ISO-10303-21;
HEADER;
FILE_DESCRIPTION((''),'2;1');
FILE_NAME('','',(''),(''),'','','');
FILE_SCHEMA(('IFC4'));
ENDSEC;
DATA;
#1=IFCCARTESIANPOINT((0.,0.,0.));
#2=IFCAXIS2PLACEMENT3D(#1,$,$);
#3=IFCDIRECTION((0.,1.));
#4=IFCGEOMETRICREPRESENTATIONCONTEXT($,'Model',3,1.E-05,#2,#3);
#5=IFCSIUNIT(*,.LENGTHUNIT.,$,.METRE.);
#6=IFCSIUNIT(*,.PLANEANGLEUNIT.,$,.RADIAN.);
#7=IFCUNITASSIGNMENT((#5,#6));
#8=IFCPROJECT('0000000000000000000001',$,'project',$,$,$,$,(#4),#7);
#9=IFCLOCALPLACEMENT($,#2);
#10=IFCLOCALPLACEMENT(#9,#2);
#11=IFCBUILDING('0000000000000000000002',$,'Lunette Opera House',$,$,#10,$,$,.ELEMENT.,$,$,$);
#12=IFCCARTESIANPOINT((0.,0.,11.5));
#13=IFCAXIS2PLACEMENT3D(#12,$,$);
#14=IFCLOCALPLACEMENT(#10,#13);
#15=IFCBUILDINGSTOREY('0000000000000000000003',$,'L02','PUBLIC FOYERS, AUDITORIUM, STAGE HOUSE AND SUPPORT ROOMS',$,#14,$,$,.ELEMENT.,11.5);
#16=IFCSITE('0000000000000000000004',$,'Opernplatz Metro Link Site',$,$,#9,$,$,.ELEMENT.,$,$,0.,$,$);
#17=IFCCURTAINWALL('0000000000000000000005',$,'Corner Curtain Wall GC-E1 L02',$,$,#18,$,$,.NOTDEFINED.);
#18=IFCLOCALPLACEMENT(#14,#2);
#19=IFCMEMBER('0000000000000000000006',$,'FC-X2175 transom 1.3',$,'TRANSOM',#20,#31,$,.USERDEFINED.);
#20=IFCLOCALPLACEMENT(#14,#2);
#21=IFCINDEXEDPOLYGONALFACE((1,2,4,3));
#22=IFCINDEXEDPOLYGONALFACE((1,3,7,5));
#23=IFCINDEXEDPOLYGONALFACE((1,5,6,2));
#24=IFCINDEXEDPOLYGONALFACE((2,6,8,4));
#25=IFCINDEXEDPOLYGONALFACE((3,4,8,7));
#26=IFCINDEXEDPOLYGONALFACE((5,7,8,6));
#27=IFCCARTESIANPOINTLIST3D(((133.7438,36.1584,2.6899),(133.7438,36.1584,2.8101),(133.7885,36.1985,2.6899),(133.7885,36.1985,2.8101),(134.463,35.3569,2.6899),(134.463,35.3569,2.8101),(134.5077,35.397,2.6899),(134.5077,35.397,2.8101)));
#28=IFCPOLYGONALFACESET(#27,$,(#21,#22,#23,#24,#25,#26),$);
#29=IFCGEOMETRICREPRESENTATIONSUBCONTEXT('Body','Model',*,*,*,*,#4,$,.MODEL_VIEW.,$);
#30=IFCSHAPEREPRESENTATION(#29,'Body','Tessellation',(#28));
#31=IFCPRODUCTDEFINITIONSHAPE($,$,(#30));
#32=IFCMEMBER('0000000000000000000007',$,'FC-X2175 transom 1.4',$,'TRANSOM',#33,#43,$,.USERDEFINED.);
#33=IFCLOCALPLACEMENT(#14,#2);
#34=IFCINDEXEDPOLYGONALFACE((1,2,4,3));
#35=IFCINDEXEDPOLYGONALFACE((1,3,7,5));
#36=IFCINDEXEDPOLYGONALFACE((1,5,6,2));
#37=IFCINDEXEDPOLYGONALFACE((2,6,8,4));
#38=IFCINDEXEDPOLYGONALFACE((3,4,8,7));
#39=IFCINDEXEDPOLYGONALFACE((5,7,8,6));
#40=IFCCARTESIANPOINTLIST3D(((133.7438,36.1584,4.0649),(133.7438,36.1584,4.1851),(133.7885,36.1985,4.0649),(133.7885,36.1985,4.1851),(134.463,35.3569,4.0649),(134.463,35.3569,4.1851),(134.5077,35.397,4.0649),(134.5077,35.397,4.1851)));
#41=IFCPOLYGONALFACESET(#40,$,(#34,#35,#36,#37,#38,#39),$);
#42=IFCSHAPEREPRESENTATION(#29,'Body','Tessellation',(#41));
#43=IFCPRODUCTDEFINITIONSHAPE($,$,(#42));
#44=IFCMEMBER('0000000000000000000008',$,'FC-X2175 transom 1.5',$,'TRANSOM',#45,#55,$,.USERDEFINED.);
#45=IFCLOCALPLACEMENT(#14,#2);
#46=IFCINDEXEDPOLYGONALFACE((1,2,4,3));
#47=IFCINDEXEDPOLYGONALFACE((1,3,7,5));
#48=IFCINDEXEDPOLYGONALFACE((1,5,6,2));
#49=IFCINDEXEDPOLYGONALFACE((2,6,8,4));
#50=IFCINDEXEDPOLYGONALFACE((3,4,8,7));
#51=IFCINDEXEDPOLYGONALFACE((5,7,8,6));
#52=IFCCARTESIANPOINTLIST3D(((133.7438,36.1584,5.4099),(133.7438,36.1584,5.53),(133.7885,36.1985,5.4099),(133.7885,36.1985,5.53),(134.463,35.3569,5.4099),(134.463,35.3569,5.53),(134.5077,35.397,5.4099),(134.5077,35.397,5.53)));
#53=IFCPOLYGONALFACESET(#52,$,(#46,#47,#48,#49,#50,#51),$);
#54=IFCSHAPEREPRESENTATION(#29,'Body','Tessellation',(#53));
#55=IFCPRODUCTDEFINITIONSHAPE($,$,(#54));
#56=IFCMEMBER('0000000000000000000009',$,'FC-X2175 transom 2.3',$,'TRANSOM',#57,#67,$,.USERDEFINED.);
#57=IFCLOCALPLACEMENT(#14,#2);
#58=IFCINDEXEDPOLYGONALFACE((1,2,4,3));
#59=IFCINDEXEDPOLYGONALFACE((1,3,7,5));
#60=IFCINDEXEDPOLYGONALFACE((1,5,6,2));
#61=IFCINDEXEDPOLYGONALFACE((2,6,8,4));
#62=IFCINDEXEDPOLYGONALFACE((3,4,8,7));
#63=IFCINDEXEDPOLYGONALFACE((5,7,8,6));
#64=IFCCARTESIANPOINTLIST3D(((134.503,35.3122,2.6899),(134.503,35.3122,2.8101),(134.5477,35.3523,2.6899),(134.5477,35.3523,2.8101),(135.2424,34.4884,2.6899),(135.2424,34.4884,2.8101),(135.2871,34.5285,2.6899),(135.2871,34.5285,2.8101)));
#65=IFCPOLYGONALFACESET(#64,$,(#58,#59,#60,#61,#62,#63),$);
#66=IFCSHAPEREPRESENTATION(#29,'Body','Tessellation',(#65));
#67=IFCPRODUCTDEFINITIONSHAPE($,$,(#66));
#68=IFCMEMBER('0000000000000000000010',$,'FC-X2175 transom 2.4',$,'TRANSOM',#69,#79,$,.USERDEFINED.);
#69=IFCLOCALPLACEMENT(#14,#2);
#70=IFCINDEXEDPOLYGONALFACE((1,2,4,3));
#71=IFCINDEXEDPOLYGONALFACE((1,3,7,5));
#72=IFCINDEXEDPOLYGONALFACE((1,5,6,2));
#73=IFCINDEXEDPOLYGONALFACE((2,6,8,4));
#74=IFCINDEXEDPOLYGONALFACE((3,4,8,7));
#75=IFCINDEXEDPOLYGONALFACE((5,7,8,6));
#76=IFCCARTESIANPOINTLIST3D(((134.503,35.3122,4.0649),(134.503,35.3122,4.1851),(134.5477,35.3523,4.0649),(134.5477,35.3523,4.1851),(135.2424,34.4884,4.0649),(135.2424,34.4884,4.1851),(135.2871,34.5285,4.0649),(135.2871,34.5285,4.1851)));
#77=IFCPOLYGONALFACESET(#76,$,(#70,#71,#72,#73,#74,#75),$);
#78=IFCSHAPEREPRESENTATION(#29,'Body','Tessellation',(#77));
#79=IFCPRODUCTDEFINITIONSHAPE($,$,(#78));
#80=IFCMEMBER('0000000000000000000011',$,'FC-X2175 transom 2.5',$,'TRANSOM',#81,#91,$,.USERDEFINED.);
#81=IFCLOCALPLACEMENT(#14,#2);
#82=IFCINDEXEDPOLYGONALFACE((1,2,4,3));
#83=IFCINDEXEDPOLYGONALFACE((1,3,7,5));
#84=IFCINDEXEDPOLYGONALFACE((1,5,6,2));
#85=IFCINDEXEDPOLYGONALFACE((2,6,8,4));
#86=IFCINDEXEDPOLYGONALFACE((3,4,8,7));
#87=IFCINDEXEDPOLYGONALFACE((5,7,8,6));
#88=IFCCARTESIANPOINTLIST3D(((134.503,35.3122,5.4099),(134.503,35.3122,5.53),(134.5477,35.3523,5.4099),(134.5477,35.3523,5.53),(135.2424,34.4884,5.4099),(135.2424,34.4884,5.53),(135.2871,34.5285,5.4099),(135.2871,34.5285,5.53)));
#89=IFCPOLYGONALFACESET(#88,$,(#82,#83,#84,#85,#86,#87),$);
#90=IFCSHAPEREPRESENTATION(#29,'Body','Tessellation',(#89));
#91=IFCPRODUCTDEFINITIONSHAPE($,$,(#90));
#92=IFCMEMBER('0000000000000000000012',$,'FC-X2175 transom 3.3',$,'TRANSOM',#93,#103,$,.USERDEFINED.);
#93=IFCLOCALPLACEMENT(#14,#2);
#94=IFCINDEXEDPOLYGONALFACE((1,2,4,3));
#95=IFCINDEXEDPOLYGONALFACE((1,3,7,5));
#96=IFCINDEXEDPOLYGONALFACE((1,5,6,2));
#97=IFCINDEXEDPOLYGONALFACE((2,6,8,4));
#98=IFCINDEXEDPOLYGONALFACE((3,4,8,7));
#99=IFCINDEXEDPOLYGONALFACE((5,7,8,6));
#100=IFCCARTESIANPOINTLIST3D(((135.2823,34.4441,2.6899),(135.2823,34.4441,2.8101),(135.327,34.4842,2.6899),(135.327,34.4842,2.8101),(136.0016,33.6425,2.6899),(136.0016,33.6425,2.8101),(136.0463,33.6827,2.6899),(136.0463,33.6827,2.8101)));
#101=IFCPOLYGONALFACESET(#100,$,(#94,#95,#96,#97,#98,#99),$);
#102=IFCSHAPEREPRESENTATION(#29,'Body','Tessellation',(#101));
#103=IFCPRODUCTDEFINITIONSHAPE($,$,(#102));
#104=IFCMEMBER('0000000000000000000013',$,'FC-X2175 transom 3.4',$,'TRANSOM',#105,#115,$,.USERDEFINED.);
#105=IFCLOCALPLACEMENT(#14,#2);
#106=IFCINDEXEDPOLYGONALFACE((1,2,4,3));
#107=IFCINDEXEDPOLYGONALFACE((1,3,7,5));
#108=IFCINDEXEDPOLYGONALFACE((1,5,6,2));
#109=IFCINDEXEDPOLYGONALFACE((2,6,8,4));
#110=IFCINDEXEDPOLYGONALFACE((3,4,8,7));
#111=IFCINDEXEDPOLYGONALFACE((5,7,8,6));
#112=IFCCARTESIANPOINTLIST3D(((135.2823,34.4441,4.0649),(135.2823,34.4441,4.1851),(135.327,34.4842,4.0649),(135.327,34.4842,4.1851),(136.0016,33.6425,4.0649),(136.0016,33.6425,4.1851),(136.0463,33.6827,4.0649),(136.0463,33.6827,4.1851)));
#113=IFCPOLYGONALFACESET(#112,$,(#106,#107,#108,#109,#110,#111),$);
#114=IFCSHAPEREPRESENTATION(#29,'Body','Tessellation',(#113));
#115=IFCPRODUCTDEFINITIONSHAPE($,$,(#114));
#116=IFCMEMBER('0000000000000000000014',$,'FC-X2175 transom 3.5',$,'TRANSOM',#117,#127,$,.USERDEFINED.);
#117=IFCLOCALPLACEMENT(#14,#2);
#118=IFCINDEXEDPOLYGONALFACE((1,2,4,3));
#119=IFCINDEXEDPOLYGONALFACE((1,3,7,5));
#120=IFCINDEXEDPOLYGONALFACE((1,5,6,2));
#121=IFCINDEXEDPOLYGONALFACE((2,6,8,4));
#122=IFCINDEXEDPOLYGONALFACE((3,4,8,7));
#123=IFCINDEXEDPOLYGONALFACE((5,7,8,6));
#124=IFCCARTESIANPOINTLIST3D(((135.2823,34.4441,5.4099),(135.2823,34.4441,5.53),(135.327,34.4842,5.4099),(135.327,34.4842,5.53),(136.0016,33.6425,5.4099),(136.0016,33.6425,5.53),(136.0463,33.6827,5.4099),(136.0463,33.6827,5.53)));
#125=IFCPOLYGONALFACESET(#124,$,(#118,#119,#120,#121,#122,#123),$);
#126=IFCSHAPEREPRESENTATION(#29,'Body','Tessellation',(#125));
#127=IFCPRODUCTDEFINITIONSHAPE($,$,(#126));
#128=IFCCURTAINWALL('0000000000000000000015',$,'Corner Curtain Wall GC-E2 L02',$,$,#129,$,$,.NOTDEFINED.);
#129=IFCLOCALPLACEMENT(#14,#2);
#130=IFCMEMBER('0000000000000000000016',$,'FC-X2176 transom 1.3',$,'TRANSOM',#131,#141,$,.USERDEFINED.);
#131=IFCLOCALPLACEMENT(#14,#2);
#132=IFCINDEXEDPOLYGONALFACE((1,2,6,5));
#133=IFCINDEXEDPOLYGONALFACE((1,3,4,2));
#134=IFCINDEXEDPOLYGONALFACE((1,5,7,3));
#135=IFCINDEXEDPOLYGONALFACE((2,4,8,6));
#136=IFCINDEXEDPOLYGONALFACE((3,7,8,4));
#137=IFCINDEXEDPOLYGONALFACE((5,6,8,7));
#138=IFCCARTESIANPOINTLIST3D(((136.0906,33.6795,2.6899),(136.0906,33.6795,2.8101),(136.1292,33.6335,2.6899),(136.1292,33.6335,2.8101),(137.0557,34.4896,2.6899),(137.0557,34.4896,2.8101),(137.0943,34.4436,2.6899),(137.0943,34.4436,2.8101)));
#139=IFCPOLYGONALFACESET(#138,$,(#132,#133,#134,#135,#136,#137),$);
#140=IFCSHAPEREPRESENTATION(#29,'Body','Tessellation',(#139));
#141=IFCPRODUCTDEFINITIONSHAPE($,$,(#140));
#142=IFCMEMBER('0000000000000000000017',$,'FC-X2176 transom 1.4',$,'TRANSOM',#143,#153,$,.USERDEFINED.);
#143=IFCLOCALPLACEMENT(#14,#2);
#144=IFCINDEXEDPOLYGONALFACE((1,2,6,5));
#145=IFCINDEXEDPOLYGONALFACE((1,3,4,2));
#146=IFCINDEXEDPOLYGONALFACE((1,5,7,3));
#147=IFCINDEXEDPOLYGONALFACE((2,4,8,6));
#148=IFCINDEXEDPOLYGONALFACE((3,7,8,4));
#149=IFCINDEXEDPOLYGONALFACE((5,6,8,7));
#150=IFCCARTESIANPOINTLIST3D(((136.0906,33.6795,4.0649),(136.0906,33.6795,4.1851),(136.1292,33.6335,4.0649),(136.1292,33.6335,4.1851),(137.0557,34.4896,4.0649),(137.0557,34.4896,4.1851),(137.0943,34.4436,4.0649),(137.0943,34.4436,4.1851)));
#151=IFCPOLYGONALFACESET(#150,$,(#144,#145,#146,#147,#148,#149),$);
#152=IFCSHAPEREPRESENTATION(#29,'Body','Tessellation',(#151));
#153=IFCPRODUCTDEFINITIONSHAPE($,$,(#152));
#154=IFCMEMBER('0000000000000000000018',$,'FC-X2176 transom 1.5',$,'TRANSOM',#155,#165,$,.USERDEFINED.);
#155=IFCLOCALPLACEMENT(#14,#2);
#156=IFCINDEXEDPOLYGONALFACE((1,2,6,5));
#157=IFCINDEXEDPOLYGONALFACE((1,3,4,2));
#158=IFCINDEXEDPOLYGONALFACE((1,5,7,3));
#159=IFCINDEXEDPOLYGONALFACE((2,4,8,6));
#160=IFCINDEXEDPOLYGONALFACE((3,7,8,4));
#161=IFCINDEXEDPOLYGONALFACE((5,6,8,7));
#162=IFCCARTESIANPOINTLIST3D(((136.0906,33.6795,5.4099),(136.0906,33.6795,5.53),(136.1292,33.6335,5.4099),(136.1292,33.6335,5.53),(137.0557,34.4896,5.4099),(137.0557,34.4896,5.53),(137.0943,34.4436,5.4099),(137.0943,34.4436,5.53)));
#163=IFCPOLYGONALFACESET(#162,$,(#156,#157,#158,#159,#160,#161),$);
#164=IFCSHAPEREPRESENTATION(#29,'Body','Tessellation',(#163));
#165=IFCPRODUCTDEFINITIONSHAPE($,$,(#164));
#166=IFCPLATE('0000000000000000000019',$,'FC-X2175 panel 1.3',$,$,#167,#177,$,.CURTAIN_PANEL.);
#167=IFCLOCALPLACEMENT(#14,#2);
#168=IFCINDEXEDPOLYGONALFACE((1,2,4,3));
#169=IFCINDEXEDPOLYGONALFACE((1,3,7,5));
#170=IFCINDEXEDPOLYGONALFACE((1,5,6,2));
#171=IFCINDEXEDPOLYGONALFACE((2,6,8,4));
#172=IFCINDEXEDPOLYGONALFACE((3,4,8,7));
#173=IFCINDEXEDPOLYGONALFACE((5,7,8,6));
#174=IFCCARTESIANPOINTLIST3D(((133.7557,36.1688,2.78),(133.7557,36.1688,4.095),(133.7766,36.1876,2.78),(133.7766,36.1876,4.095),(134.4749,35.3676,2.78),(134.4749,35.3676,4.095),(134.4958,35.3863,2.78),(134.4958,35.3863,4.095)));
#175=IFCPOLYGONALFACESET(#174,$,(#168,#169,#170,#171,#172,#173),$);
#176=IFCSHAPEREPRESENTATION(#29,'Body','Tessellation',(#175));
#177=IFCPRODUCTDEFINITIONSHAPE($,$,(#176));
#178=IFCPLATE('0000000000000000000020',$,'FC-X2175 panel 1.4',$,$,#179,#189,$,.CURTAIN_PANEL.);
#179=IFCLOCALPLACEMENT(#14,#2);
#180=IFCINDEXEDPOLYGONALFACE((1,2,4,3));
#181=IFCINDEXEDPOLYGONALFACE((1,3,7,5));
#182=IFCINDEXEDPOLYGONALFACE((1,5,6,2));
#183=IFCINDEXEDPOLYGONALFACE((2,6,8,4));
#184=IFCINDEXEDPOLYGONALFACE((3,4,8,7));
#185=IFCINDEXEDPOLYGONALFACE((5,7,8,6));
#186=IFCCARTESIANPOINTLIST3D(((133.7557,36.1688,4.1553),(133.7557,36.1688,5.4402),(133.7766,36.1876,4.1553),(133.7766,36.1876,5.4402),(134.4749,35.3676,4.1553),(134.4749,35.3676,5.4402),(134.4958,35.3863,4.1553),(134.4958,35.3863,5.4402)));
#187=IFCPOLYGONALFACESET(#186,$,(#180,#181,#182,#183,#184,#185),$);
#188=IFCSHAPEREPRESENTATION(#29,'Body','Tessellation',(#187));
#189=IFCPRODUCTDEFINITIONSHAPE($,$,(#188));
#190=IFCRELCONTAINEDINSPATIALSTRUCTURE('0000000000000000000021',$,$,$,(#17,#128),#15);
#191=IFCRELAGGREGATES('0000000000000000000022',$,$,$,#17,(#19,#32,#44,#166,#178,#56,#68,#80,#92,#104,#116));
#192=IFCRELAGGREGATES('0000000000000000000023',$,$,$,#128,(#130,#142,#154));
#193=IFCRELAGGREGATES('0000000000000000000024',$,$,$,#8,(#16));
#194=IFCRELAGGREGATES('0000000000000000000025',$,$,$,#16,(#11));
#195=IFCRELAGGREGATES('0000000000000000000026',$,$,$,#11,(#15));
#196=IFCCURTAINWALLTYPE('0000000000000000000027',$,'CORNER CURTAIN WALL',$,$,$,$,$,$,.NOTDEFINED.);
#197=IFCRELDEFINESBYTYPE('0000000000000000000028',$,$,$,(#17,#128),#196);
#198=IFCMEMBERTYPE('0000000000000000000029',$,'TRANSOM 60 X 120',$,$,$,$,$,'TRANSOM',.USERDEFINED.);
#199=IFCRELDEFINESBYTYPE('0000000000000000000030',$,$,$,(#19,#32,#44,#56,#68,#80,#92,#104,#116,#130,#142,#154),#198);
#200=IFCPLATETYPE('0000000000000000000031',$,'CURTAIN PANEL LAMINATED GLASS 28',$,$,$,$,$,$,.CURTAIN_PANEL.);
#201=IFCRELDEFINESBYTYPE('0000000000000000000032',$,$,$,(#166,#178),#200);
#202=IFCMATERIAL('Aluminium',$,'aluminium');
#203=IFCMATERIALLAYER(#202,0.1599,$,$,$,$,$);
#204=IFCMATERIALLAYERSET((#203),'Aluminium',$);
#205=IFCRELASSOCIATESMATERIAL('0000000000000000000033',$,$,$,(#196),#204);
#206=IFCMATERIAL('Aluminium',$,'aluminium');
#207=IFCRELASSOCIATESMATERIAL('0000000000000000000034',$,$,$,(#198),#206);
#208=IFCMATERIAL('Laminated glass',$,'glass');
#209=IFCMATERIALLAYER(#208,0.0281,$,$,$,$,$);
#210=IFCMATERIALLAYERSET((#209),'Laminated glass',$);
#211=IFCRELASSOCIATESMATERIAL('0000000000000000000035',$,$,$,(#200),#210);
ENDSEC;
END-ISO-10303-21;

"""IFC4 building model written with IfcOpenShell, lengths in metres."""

from ifc_helpers import new_model, si_unit, direction, frame, origin, origin_2d, place, context, subcontext, project, spatial, rectangle, extrude, material, layer, layer_set, material_profile, profile_set, type_object, element, aggregate, save


model = new_model("IFC4")

# Units and contexts
model_context = context("Model", 3, precision=1e-05, world=origin(), true_north=direction((0.0, 1.0)))
body_context = subcontext(model_context, "Body", "Model", "MODEL_VIEW")
ifc_project = project(units=[si_unit("LENGTHUNIT", "METRE"), si_unit("PLANEANGLEUNIT", "RADIAN")], contexts=[model_context])

# Site, building, storey
site_placement = place(None, origin())
site = spatial("IfcSite", under=ifc_project, at=site_placement, Name="Opernplatz Metro Link Site", CompositionType="ELEMENT", RefElevation=0.0)
building_placement = place(site_placement, origin())
building = spatial("IfcBuilding", under=site, at=building_placement, Name="Lunette Opera House", CompositionType="ELEMENT")
storey_placement = place(building_placement, frame((0.0, 0.0, 11.5)))
storey = spatial("IfcBuildingStorey", under=building, at=storey_placement, Name="L02", Description="PUBLIC FOYERS, AUDITORIUM, STAGE HOUSE AND SUPPORT ROOMS", CompositionType="ELEMENT", Elevation=11.5)

# Curtain walls, members
ifc_material_1 = material(Name="Aluminium", Category="aluminium")
ifc_layer_1 = layer(ifc_material_1, 0.1599)
ifc_layer_set_1 = layer_set([ifc_layer_1], Name="Aluminium")
curtain_wall_type = type_object("IfcCurtainWallType", Name="CORNER CURTAIN WALL", PredefinedType="NOTDEFINED", material=ifc_layer_set_1)
curtain_wall_1_placement = place(storey_placement, origin())
curtain_wall_1 = element("IfcCurtainWall", 1, at=curtain_wall_1_placement, inside=storey, type_object=curtain_wall_type, Name="Corner Curtain Wall GC-E1 L02", PredefinedType="NOTDEFINED")
ifc_material_2 = material(Name="Aluminium", Category="aluminium")
ifc_material_profile = material_profile(ifc_material_2, rectangle(XDim=0.0601, YDim=0.1201, at=origin_2d()), Name="TRANSOM 60 X 120")
ifc_profile_set = profile_set([ifc_material_profile], Name="Aluminium")
member_type = type_object("IfcMemberType", Name="TRANSOM 60 X 120", ElementType="TRANSOM", PredefinedType="USERDEFINED", material=ifc_profile_set)
member_1_placement = place(storey_placement, frame((133.7661, 36.1785, 2.75), z_axis=(0.667874, -0.744274, 0.0), x_axis=(0.744274, 0.667874, 0.0)))
member_1 = element("IfcMember", 2, at=member_1_placement, type_object=member_type, Name="FC-X2175 transom 1.3", ObjectType="TRANSOM", PredefinedType="USERDEFINED", context=body_context, shape_type="SweptSolid", body=[
    extrude(rectangle(XDim=0.0601, YDim=0.1201, at=origin_2d()), origin(), (0.0, 0.0, 1.0), 1.0769),
])
member_2_placement = place(storey_placement, frame((133.7661, 36.1785, 4.125), z_axis=(0.667874, -0.744274, 0.0), x_axis=(0.744274, 0.667874, 0.0)))
member_2 = element("IfcMember", 3, at=member_2_placement, type_object=member_type, Name="FC-X2175 transom 1.4", ObjectType="TRANSOM", PredefinedType="USERDEFINED", context=body_context, shape_type="SweptSolid", body=[
    extrude(rectangle(XDim=0.0601, YDim=0.1201, at=origin_2d()), origin(), (0.0, 0.0, 1.0), 1.0769),
])
member_3_placement = place(storey_placement, frame((133.7661, 36.1785, 5.47), z_axis=(0.667874, -0.744274, 0.0), x_axis=(0.744274, 0.667874, 0.0)))
member_3 = element("IfcMember", 4, at=member_3_placement, type_object=member_type, Name="FC-X2175 transom 1.5", ObjectType="TRANSOM", PredefinedType="USERDEFINED", context=body_context, shape_type="SweptSolid", body=[
    extrude(rectangle(XDim=0.0601, YDim=0.1201, at=origin_2d()), origin(), (0.0, 0.0, 1.0), 1.0769),
])
member_4_placement = place(storey_placement, frame((134.5254, 35.3323, 2.75), z_axis=(0.667916, -0.744237, 0.0), x_axis=(0.744237, 0.667916, 0.0)))
member_4 = element("IfcMember", 5, at=member_4_placement, type_object=member_type, Name="FC-X2175 transom 2.3", ObjectType="TRANSOM", PredefinedType="USERDEFINED", context=body_context, shape_type="SweptSolid", body=[
    extrude(rectangle(XDim=0.0601, YDim=0.1201, at=origin_2d()), origin(), (0.0, 0.0, 1.0), 1.1069),
])
member_5_placement = place(storey_placement, frame((134.5254, 35.3323, 4.125), z_axis=(0.667916, -0.744237, 0.0), x_axis=(0.744237, 0.667916, 0.0)))
member_5 = element("IfcMember", 6, at=member_5_placement, type_object=member_type, Name="FC-X2175 transom 2.4", ObjectType="TRANSOM", PredefinedType="USERDEFINED", context=body_context, shape_type="SweptSolid", body=[
    extrude(rectangle(XDim=0.0601, YDim=0.1201, at=origin_2d()), origin(), (0.0, 0.0, 1.0), 1.1069),
])
member_6_placement = place(storey_placement, frame((134.5254, 35.3323, 5.47), z_axis=(0.667916, -0.744237, 0.0), x_axis=(0.744237, 0.667916, 0.0)))
member_6 = element("IfcMember", 7, at=member_6_placement, type_object=member_type, Name="FC-X2175 transom 2.5", ObjectType="TRANSOM", PredefinedType="USERDEFINED", context=body_context, shape_type="SweptSolid", body=[
    extrude(rectangle(XDim=0.0601, YDim=0.1201, at=origin_2d()), origin(), (0.0, 0.0, 1.0), 1.1069),
])
member_7_placement = place(storey_placement, frame((135.3047, 34.4641, 2.75), z_axis=(0.667874, -0.744274, 0.0), x_axis=(0.744274, 0.667874, 0.0)))
member_7 = element("IfcMember", 8, at=member_7_placement, type_object=member_type, Name="FC-X2175 transom 3.3", ObjectType="TRANSOM", PredefinedType="USERDEFINED", context=body_context, shape_type="SweptSolid", body=[
    extrude(rectangle(XDim=0.0601, YDim=0.1201, at=origin_2d()), origin(), (0.0, 0.0, 1.0), 1.0769),
])
member_8_placement = place(storey_placement, frame((135.3047, 34.4641, 4.125), z_axis=(0.667874, -0.744274, 0.0), x_axis=(0.744274, 0.667874, 0.0)))
member_8 = element("IfcMember", 9, at=member_8_placement, type_object=member_type, Name="FC-X2175 transom 3.4", ObjectType="TRANSOM", PredefinedType="USERDEFINED", context=body_context, shape_type="SweptSolid", body=[
    extrude(rectangle(XDim=0.0601, YDim=0.1201, at=origin_2d()), origin(), (0.0, 0.0, 1.0), 1.0769),
])
member_9_placement = place(storey_placement, frame((135.3047, 34.4641, 5.47), z_axis=(0.667874, -0.744274, 0.0), x_axis=(0.744274, 0.667874, 0.0)))
member_9 = element("IfcMember", 10, at=member_9_placement, type_object=member_type, Name="FC-X2175 transom 3.5", ObjectType="TRANSOM", PredefinedType="USERDEFINED", context=body_context, shape_type="SweptSolid", body=[
    extrude(rectangle(XDim=0.0601, YDim=0.1201, at=origin_2d()), origin(), (0.0, 0.0, 1.0), 1.0769),
])
curtain_wall_2_placement = place(storey_placement, origin())
curtain_wall_2 = element("IfcCurtainWall", 11, at=curtain_wall_2_placement, inside=storey, type_object=curtain_wall_type, Name="Corner Curtain Wall GC-E2 L02", PredefinedType="NOTDEFINED")
member_10_placement = place(storey_placement, frame((136.1099, 33.6565, 2.75), z_axis=(0.765945, 0.642906, 0.0), x_axis=(-0.642906, 0.765945, 0.0)))
member_10 = element("IfcMember", 12, at=member_10_placement, type_object=member_type, Name="FC-X2176 transom 1.3", ObjectType="TRANSOM", PredefinedType="USERDEFINED", context=body_context, shape_type="SweptSolid", body=[
    extrude(rectangle(XDim=0.0601, YDim=0.1201, at=origin_2d()), origin(), (0.0, 0.0, 1.0), 1.26),
])
member_11_placement = place(storey_placement, frame((136.1099, 33.6565, 4.125), z_axis=(0.765945, 0.642906, 0.0), x_axis=(-0.642906, 0.765945, 0.0)))
member_11 = element("IfcMember", 13, at=member_11_placement, type_object=member_type, Name="FC-X2176 transom 1.4", ObjectType="TRANSOM", PredefinedType="USERDEFINED", context=body_context, shape_type="SweptSolid", body=[
    extrude(rectangle(XDim=0.0601, YDim=0.1201, at=origin_2d()), origin(), (0.0, 0.0, 1.0), 1.26),
])
member_12_placement = place(storey_placement, frame((136.1099, 33.6565, 5.47), z_axis=(0.765945, 0.642906, 0.0), x_axis=(-0.642906, 0.765945, 0.0)))
member_12 = element("IfcMember", 14, at=member_12_placement, type_object=member_type, Name="FC-X2176 transom 1.5", ObjectType="TRANSOM", PredefinedType="USERDEFINED", context=body_context, shape_type="SweptSolid", body=[
    extrude(rectangle(XDim=0.0601, YDim=0.1201, at=origin_2d()), origin(), (0.0, 0.0, 1.0), 1.26),
])

# Plates
ifc_material_3 = material(Name="Laminated glass", Category="glass")
ifc_layer_2 = layer(ifc_material_3, 0.0281)
ifc_layer_set_2 = layer_set([ifc_layer_2], Name="Laminated glass")
plate_type = type_object("IfcPlateType", Name="CURTAIN PANEL LAMINATED GLASS 28", PredefinedType="CURTAIN_PANEL", material=ifc_layer_set_2)
plate_1_placement = place(storey_placement, frame((134.1257, 35.7776, 2.78), z_axis=(0.0, 0.0, 1.0), x_axis=(0.667938, -0.744217, 0.0)))
plate_1 = element("IfcPlate", 15, at=plate_1_placement, type_object=plate_type, Name="FC-X2175 panel 1.3", PredefinedType="CURTAIN_PANEL", context=body_context, shape_type="SweptSolid", body=[
    extrude(rectangle(XDim=1.0767, YDim=0.0281, at=origin_2d()), origin(), (0.0, 0.0, 1.0), 1.3149),
])
plate_2_placement = place(storey_placement, frame((134.1257, 35.7776, 4.1553), z_axis=(0.0, 0.0, 1.0), x_axis=(0.667938, -0.744217, 0.0)))
plate_2 = element("IfcPlate", 16, at=plate_2_placement, type_object=plate_type, Name="FC-X2175 panel 1.4", PredefinedType="CURTAIN_PANEL", context=body_context, shape_type="SweptSolid", body=[
    extrude(rectangle(XDim=1.0767, YDim=0.0281, at=origin_2d()), origin(), (0.0, 0.0, 1.0), 1.2849),
])
aggregate(curtain_wall_1, [member_1, member_2, member_3, plate_1, plate_2, member_4, member_5, member_6, member_7, member_8, member_9])
aggregate(curtain_wall_2, [member_10, member_11, member_12])

save(model, "model.ifc")
